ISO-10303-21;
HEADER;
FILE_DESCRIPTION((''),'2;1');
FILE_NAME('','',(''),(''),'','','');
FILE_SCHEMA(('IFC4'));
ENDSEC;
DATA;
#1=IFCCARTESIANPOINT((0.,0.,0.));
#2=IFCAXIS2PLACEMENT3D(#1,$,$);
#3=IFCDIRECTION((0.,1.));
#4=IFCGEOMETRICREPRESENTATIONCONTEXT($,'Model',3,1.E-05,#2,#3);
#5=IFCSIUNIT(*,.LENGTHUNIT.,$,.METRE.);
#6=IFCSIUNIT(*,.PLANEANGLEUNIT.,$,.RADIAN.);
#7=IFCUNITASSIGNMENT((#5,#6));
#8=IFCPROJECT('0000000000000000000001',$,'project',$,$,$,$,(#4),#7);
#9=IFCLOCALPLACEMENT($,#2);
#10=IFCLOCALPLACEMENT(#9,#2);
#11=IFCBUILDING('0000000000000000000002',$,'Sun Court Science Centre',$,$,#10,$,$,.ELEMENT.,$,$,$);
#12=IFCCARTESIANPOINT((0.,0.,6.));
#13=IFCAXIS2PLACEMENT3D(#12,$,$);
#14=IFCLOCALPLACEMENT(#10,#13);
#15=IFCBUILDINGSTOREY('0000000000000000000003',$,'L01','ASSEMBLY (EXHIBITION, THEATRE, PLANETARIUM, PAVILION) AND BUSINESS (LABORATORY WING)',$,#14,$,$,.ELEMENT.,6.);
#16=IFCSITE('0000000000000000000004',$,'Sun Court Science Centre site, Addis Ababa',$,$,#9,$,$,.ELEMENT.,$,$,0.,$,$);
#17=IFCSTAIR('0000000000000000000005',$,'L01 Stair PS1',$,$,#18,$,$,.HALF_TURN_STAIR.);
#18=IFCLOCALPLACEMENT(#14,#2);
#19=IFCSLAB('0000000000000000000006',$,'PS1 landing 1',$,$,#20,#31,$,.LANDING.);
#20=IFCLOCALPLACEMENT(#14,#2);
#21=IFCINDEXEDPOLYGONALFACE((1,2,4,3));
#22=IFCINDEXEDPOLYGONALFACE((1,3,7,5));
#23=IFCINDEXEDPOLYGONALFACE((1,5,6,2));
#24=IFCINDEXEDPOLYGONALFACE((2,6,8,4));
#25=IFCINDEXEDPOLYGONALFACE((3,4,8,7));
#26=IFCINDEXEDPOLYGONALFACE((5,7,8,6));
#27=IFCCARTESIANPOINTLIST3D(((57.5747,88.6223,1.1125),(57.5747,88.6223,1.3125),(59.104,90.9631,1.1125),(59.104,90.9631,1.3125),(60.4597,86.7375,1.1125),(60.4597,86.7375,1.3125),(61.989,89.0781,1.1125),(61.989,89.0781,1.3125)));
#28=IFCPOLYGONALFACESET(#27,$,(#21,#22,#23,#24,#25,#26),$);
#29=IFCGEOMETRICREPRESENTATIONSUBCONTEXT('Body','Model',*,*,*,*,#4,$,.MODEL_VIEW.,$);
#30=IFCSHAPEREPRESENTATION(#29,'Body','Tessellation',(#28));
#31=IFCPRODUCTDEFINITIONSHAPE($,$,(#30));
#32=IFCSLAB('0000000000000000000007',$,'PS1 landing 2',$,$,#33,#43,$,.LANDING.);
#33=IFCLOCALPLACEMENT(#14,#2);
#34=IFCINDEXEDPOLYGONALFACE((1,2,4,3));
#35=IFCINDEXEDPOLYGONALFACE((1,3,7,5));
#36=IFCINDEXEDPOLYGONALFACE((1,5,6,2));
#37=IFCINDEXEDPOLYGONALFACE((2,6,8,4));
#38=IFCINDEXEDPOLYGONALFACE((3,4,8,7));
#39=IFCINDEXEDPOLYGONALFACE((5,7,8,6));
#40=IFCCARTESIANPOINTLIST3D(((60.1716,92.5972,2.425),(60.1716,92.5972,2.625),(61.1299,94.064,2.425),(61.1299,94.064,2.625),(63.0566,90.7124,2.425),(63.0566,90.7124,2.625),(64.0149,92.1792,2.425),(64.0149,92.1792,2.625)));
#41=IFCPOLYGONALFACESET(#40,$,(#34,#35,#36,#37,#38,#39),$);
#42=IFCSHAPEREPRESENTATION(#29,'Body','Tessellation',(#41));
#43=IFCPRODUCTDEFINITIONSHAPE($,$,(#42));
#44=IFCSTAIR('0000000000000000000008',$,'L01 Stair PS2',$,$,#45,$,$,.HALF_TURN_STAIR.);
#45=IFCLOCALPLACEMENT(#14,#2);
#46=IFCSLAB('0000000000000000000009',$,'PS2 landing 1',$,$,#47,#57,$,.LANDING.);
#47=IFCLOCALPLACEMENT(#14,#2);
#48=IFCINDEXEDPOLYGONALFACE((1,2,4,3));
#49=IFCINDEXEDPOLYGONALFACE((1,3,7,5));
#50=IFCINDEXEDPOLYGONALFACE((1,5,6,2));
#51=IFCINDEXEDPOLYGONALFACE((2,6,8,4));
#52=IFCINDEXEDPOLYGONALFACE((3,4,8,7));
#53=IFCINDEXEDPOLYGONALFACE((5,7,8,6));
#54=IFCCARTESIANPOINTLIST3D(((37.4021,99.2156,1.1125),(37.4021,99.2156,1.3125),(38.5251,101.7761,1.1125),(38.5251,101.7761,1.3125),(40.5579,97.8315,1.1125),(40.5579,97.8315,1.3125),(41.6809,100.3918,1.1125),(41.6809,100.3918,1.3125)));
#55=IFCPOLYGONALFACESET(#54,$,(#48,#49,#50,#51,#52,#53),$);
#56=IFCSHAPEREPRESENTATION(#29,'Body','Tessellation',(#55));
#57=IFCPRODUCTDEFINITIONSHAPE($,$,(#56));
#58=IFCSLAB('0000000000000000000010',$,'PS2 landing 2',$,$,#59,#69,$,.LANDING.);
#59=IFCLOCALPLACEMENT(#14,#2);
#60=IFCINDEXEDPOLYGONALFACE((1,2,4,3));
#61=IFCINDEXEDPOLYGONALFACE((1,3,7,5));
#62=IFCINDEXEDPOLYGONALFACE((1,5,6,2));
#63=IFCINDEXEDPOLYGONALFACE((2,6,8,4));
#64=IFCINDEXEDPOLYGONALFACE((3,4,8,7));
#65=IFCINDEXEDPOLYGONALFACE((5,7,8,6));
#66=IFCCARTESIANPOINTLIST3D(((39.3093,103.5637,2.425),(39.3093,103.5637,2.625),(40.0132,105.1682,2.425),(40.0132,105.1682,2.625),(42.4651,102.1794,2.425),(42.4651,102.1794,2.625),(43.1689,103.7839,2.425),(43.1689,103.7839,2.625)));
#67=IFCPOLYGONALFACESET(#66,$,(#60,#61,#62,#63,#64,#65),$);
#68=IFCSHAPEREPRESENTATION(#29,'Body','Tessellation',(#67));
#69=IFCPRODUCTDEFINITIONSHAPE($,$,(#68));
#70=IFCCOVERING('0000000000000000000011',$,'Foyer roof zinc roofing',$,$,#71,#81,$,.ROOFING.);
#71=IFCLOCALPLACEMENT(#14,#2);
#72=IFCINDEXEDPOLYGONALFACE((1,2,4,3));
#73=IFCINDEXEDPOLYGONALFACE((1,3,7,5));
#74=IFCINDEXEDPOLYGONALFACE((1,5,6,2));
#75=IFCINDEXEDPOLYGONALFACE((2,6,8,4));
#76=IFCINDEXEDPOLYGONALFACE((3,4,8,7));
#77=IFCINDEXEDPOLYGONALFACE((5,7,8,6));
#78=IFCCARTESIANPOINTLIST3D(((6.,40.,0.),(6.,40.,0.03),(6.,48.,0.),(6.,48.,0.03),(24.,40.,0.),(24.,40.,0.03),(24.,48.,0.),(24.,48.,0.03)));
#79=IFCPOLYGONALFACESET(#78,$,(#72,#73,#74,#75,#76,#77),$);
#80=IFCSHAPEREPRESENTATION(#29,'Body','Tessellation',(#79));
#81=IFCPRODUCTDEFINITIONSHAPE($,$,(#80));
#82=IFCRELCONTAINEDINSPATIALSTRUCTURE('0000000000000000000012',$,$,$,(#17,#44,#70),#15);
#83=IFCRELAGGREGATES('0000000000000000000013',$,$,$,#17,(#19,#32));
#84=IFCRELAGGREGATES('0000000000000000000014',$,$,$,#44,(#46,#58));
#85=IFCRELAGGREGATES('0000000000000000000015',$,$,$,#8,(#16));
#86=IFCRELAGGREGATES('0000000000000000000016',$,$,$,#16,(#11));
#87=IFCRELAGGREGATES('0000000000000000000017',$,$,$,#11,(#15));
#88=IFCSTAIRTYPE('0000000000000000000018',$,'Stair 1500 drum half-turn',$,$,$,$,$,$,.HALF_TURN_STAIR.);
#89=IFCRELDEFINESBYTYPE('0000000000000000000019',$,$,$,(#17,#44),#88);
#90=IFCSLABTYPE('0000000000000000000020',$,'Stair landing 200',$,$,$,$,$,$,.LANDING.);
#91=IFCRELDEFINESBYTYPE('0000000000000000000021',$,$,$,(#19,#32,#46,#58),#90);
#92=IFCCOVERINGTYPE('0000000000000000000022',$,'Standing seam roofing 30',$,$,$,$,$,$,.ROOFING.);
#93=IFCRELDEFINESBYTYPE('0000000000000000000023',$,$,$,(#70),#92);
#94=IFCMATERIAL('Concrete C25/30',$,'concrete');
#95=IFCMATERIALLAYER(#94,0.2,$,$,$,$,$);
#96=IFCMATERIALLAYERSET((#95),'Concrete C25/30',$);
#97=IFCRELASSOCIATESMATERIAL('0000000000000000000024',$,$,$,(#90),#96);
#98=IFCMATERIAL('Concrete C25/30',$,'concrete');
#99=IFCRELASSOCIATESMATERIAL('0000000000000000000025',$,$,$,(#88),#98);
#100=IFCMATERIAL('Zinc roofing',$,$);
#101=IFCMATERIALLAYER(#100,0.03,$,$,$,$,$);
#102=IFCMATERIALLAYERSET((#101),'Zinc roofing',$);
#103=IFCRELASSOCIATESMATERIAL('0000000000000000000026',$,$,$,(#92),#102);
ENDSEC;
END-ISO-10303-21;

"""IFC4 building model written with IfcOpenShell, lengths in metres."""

from ifc_helpers import new_model, si_unit, direction, frame, origin, place, context, subcontext, project, spatial, polyline, outline, extrude, material, layer, layer_set, type_object, element, aggregate, save


model = new_model("IFC4")

# Units and contexts
model_context = context("Model", 3, precision=1e-05, world=origin(), true_north=direction((0.0, 1.0)))
body_context = subcontext(model_context, "Body", "Model", "MODEL_VIEW")
ifc_project = project(units=[si_unit("LENGTHUNIT", "METRE"), si_unit("PLANEANGLEUNIT", "RADIAN")], contexts=[model_context])

# Site, building, storey
site_placement = place(None, origin())
site = spatial("IfcSite", under=ifc_project, at=site_placement, Name="Sun Court Science Centre site, Addis Ababa", CompositionType="ELEMENT", RefElevation=0.0)
building_placement = place(site_placement, origin())
building = spatial("IfcBuilding", under=site, at=building_placement, Name="Sun Court Science Centre", CompositionType="ELEMENT")
storey_placement = place(building_placement, frame((0.0, 0.0, 6.0)))
storey = spatial("IfcBuildingStorey", under=building, at=storey_placement, Name="L01", Description="ASSEMBLY (EXHIBITION, THEATRE, PLANETARIUM, PAVILION) AND BUSINESS (LABORATORY WING)", CompositionType="ELEMENT", Elevation=6.0)

# Shared definitions
ifc_material_1 = material(Name="Concrete C25/30", Category="concrete")
ifc_layer_1 = layer(ifc_material_1, 0.2)
ifc_layer_set_1 = layer_set([ifc_layer_1], Name="Concrete C25/30")
slab_type_1 = type_object("IfcSlabType", Name="Stair landing 200", PredefinedType="LANDING", material=ifc_layer_set_1)

# Stairs, slabs
ifc_material_2 = material(Name="Concrete C25/30", Category="concrete")
stair_type_1 = type_object("IfcStairType", Name="Stair 1500 drum half-turn", PredefinedType="HALF_TURN_STAIR", material=ifc_material_2)
stair_1_placement = place(storey_placement, origin())
stair_1 = element("IfcStair", 1, at=stair_1_placement, inside=storey, type_object=stair_type_1, Name="L01 Stair PS1", PredefinedType="HALF_TURN_STAIR")
slab_1_placement = place(storey_placement, frame((0.0, 0.0, 1.1125)))
slab_1 = element("IfcSlab", 2, at=slab_1_placement, type_object=slab_type_1, Name="PS1 landing 1", PredefinedType="LANDING", context=body_context, shape_type="SweptSolid", body=[
    extrude(outline(polyline([(59.104, 90.9631), (57.5747, 88.6223), (60.4597, 86.7375), (61.989, 89.0781), (59.104, 90.9631)])), origin(), (0.0, 0.0, 1.0), 0.2),
])
slab_2_placement = place(storey_placement, frame((0.0, 0.0, 2.425)))
slab_2 = element("IfcSlab", 3, at=slab_2_placement, type_object=slab_type_1, Name="PS1 landing 2", PredefinedType="LANDING", context=body_context, shape_type="SweptSolid", body=[
    extrude(outline(polyline([(61.1299, 94.064), (60.1716, 92.5972), (63.0566, 90.7124), (64.0149, 92.1792), (61.1299, 94.064)])), origin(), (0.0, 0.0, 1.0), 0.2),
])
aggregate(stair_1, [slab_1, slab_2])
stair_2_placement = place(storey_placement, origin())
stair_2 = element("IfcStair", 4, at=stair_2_placement, inside=storey, type_object=stair_type_1, Name="L01 Stair PS2", PredefinedType="HALF_TURN_STAIR")
slab_3_placement = place(storey_placement, frame((0.0, 0.0, 1.1125)))
slab_3 = element("IfcSlab", 5, at=slab_3_placement, type_object=slab_type_1, Name="PS2 landing 1", PredefinedType="LANDING", context=body_context, shape_type="SweptSolid", body=[
    extrude(outline(polyline([(38.5251, 101.7761), (37.4021, 99.2156), (40.5579, 97.8315), (41.6809, 100.3918), (38.5251, 101.7761)])), origin(), (0.0, 0.0, 1.0), 0.2),
])
slab_4_placement = place(storey_placement, frame((0.0, 0.0, 2.425)))
slab_4 = element("IfcSlab", 6, at=slab_4_placement, type_object=slab_type_1, Name="PS2 landing 2", PredefinedType="LANDING", context=body_context, shape_type="SweptSolid", body=[
    extrude(outline(polyline([(40.0132, 105.1682), (39.3093, 103.5637), (42.4651, 102.1794), (43.1689, 103.7839), (40.0132, 105.1682)])), origin(), (0.0, 0.0, 1.0), 0.2),
])
aggregate(stair_2, [slab_3, slab_4])

# Covering
ifc_material_3 = material(Name="Zinc roofing")
ifc_layer_2 = layer(ifc_material_3, 0.03)
ifc_layer_set_2 = layer_set([ifc_layer_2], Name="Zinc roofing")
covering_type = type_object("IfcCoveringType", Name="Standing seam roofing 30", PredefinedType="ROOFING", material=ifc_layer_set_2)
covering_placement = place(storey_placement, origin())
element("IfcCovering", 7, at=covering_placement, inside=storey, type_object=covering_type, Name="Foyer roof zinc roofing", PredefinedType="ROOFING", context=body_context, shape_type="SweptSolid", body=[
    extrude(outline(polyline([(24.0, 48.0), (6.0, 48.0), (6.0, 40.0), (24.0, 40.0), (24.0, 48.0)])), origin(), (0.0, 0.0, 1.0), 0.03),
])

save(model, "model.ifc")
